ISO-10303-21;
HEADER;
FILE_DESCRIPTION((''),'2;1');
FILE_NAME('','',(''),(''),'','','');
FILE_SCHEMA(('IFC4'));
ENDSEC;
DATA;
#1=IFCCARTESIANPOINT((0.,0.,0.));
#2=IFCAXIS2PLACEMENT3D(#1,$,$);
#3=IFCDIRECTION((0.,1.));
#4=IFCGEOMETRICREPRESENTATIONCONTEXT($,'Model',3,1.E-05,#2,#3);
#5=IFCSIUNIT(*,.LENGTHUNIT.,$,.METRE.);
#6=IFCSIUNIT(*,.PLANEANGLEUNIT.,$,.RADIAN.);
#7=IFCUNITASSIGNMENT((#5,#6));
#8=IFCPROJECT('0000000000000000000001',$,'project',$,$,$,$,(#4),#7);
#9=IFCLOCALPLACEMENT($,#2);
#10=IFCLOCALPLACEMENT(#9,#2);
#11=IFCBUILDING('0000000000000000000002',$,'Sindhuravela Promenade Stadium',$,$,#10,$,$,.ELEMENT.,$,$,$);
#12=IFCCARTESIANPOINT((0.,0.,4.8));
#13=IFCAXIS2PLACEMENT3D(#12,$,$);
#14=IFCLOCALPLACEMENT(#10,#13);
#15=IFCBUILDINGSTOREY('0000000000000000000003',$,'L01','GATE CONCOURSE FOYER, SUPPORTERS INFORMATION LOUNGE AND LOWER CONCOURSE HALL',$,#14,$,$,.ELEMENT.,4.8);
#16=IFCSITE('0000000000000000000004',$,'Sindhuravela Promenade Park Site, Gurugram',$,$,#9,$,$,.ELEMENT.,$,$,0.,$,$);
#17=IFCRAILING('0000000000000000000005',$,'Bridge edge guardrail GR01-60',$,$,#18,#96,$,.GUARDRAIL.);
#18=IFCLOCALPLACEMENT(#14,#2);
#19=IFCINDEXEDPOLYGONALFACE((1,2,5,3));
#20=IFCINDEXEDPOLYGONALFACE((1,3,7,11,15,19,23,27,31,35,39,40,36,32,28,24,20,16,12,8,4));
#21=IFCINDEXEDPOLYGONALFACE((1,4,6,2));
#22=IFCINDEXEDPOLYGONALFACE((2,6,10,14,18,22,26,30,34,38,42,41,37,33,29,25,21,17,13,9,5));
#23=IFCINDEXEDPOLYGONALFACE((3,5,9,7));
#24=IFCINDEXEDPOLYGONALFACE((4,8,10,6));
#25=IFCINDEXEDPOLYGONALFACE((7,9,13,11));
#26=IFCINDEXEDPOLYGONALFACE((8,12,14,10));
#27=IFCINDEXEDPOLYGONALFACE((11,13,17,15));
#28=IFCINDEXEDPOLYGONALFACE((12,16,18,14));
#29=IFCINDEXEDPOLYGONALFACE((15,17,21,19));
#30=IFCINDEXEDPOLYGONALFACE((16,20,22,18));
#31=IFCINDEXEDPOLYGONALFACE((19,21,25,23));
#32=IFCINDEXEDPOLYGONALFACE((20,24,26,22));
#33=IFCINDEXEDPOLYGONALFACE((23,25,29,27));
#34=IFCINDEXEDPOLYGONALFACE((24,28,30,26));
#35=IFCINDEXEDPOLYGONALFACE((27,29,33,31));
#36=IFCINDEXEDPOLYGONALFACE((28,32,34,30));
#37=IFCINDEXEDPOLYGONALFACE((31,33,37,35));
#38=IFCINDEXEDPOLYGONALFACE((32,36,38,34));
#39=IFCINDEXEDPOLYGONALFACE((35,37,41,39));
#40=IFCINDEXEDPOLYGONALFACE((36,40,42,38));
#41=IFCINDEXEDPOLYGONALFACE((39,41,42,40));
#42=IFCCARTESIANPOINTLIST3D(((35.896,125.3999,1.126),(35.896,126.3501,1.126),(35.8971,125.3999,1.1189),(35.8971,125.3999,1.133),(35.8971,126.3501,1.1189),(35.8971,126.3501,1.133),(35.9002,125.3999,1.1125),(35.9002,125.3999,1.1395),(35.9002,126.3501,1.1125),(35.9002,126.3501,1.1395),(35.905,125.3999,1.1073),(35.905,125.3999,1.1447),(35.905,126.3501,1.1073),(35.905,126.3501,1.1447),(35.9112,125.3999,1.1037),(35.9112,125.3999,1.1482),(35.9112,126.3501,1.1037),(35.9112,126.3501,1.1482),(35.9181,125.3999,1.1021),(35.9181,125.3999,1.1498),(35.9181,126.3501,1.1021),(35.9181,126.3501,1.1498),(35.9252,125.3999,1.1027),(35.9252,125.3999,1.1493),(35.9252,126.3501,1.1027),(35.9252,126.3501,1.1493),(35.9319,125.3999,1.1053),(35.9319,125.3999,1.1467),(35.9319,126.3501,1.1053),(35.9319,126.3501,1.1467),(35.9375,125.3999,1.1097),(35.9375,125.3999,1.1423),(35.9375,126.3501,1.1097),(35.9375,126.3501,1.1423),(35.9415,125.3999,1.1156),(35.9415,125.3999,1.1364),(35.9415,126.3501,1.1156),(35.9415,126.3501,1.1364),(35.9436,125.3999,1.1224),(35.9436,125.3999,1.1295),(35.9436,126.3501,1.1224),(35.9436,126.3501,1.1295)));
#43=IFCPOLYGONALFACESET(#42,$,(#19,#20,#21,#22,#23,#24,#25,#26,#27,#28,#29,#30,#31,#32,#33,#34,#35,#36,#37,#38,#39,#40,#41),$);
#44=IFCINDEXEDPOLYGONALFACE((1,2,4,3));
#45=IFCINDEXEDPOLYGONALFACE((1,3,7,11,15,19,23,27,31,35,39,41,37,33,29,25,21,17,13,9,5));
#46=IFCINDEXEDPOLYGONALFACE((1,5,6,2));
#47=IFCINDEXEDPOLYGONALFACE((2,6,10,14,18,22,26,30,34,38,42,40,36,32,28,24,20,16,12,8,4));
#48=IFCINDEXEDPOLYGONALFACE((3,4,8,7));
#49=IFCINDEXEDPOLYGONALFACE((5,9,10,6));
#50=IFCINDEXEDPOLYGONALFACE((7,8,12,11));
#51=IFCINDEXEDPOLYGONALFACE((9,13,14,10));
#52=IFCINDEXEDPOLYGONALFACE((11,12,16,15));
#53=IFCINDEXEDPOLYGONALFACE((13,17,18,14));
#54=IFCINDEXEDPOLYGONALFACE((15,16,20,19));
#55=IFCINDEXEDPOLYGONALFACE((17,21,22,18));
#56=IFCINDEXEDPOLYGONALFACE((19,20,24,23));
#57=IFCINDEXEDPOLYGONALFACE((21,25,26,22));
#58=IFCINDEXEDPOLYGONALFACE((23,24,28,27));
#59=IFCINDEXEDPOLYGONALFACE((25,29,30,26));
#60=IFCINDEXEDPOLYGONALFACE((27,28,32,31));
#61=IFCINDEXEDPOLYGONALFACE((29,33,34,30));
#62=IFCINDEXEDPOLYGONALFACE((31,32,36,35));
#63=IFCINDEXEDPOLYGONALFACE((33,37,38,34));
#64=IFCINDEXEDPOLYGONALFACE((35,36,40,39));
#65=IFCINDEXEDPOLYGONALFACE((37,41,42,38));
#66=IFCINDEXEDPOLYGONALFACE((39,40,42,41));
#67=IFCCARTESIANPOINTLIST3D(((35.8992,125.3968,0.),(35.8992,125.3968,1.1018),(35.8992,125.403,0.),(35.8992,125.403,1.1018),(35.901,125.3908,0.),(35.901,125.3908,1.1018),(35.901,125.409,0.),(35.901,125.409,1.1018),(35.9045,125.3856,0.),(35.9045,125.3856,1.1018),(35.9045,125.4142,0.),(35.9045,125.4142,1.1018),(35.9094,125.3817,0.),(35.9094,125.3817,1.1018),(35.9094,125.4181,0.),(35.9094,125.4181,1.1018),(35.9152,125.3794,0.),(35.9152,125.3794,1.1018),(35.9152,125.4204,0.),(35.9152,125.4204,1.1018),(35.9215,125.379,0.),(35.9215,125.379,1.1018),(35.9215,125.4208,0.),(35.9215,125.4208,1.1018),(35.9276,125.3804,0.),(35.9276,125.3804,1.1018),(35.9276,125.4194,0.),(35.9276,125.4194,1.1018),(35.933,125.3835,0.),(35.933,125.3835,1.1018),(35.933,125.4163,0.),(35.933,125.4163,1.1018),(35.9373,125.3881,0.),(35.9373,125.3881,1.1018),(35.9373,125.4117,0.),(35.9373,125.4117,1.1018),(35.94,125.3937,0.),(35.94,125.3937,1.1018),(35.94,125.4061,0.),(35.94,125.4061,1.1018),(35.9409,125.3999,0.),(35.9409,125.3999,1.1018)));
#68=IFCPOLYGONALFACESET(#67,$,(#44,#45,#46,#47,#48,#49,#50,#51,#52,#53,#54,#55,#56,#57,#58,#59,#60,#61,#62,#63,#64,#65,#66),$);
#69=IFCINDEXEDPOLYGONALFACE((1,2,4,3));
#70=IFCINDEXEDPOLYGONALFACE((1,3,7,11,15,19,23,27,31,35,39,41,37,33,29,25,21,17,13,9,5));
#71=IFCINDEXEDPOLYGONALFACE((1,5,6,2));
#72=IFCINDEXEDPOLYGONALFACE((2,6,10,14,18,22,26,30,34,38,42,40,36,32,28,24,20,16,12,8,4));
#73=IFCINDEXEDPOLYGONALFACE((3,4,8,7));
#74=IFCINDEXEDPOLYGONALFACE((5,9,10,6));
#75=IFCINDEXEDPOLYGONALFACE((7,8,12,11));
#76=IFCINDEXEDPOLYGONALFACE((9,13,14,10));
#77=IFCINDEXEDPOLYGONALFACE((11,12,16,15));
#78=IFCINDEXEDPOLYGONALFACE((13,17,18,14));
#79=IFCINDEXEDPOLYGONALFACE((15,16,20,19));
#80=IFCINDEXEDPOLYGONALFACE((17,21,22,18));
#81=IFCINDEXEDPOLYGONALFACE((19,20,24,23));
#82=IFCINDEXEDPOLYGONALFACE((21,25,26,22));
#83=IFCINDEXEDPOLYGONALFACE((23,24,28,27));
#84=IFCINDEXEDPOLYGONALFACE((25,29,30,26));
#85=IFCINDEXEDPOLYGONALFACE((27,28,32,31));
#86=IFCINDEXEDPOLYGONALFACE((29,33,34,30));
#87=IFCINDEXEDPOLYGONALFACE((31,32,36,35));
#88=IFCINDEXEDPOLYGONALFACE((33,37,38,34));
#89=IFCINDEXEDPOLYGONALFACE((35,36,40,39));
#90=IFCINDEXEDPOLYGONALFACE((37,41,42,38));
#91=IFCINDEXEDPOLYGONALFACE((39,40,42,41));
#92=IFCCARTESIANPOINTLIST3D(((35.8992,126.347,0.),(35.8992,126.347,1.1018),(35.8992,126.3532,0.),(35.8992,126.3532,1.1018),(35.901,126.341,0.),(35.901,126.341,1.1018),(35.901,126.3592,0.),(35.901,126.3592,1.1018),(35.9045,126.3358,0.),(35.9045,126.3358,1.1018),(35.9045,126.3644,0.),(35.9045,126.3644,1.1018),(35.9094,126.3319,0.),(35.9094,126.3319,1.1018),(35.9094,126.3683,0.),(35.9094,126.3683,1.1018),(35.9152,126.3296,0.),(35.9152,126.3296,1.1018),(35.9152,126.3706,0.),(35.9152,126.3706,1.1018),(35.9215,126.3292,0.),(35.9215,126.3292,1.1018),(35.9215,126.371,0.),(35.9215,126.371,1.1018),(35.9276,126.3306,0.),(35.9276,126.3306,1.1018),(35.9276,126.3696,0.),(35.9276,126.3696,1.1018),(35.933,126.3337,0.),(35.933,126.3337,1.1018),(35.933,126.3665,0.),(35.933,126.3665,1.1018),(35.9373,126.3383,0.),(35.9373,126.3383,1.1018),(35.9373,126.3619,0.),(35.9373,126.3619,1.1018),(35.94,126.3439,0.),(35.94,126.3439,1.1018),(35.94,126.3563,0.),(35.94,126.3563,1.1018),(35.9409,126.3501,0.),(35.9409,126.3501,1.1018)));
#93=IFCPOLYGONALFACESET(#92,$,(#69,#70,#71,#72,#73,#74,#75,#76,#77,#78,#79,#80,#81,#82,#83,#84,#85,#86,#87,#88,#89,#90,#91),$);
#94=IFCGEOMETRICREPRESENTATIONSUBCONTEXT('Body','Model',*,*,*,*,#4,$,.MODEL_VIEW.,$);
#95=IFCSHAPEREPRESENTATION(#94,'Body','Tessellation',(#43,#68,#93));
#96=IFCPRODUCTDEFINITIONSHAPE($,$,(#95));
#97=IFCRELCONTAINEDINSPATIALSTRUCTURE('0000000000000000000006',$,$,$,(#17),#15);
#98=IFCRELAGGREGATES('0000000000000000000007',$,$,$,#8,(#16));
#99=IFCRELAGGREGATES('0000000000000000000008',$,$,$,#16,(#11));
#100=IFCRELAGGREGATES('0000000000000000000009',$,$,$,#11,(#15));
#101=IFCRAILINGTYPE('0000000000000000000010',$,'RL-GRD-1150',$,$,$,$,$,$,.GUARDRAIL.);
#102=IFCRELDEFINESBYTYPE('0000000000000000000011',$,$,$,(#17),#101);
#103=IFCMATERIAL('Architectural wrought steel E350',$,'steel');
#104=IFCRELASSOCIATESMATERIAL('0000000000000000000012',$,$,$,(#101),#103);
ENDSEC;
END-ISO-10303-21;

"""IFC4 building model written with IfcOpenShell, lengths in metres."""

from ifc_helpers import new_model, si_unit, direction, frame, origin, origin_2d, place, context, subcontext, project, spatial, circle, extrude, material, type_object, element, save


model = new_model("IFC4")

# Units and contexts
model_context = context("Model", 3, precision=1e-05, world=origin(), true_north=direction((0.0, 1.0)))
body_context = subcontext(model_context, "Body", "Model", "MODEL_VIEW")
ifc_project = project(units=[si_unit("LENGTHUNIT", "METRE"), si_unit("PLANEANGLEUNIT", "RADIAN")], contexts=[model_context])

# Site, building, storey
site_placement = place(None, origin())
site = spatial("IfcSite", under=ifc_project, at=site_placement, Name="Sindhuravela Promenade Park Site, Gurugram", CompositionType="ELEMENT", RefElevation=0.0)
building_placement = place(site_placement, origin())
building = spatial("IfcBuilding", under=site, at=building_placement, Name="Sindhuravela Promenade Stadium", CompositionType="ELEMENT")
storey_placement = place(building_placement, frame((0.0, 0.0, 4.8)))
storey = spatial("IfcBuildingStorey", under=building, at=storey_placement, Name="L01", Description="GATE CONCOURSE FOYER, SUPPORTERS INFORMATION LOUNGE AND LOWER CONCOURSE HALL", CompositionType="ELEMENT", Elevation=4.8)

# Railing
ifc_material_1 = material(Name="Architectural wrought steel E350", Category="steel")
railing_type = type_object("IfcRailingType", Name="RL-GRD-1150", PredefinedType="GUARDRAIL", material=ifc_material_1)
for number, where, name in (
    (1, (35.9199, 125.3999, 0.0), "Bridge edge guardrail GR01-60"),
):
    element("IfcRailing", number, at=place(storey_placement, frame(where)), inside=storey, type_object=railing_type, Name=name, PredefinedType="GUARDRAIL", context=body_context, shape_type="SweptSolid", body=[
        extrude(circle(Radius=0.0239, at=origin_2d()), frame((0.0, 0.0, 1.126), z_axis=(0.0, 1.0, 0.0), x_axis=(-1.0, 0.0, 0.0)), (0.0, 0.0, 1.0), 0.9502),
        extrude(circle(Radius=0.021, at=origin_2d()), origin(), (0.0, 0.0, 1.0), 1.1018),
        extrude(circle(Radius=0.021, at=origin_2d()), frame((0.0, 0.9502, 0.0)), (0.0, 0.0, 1.0), 1.1018),
    ])

save(model, "model.ifc")
